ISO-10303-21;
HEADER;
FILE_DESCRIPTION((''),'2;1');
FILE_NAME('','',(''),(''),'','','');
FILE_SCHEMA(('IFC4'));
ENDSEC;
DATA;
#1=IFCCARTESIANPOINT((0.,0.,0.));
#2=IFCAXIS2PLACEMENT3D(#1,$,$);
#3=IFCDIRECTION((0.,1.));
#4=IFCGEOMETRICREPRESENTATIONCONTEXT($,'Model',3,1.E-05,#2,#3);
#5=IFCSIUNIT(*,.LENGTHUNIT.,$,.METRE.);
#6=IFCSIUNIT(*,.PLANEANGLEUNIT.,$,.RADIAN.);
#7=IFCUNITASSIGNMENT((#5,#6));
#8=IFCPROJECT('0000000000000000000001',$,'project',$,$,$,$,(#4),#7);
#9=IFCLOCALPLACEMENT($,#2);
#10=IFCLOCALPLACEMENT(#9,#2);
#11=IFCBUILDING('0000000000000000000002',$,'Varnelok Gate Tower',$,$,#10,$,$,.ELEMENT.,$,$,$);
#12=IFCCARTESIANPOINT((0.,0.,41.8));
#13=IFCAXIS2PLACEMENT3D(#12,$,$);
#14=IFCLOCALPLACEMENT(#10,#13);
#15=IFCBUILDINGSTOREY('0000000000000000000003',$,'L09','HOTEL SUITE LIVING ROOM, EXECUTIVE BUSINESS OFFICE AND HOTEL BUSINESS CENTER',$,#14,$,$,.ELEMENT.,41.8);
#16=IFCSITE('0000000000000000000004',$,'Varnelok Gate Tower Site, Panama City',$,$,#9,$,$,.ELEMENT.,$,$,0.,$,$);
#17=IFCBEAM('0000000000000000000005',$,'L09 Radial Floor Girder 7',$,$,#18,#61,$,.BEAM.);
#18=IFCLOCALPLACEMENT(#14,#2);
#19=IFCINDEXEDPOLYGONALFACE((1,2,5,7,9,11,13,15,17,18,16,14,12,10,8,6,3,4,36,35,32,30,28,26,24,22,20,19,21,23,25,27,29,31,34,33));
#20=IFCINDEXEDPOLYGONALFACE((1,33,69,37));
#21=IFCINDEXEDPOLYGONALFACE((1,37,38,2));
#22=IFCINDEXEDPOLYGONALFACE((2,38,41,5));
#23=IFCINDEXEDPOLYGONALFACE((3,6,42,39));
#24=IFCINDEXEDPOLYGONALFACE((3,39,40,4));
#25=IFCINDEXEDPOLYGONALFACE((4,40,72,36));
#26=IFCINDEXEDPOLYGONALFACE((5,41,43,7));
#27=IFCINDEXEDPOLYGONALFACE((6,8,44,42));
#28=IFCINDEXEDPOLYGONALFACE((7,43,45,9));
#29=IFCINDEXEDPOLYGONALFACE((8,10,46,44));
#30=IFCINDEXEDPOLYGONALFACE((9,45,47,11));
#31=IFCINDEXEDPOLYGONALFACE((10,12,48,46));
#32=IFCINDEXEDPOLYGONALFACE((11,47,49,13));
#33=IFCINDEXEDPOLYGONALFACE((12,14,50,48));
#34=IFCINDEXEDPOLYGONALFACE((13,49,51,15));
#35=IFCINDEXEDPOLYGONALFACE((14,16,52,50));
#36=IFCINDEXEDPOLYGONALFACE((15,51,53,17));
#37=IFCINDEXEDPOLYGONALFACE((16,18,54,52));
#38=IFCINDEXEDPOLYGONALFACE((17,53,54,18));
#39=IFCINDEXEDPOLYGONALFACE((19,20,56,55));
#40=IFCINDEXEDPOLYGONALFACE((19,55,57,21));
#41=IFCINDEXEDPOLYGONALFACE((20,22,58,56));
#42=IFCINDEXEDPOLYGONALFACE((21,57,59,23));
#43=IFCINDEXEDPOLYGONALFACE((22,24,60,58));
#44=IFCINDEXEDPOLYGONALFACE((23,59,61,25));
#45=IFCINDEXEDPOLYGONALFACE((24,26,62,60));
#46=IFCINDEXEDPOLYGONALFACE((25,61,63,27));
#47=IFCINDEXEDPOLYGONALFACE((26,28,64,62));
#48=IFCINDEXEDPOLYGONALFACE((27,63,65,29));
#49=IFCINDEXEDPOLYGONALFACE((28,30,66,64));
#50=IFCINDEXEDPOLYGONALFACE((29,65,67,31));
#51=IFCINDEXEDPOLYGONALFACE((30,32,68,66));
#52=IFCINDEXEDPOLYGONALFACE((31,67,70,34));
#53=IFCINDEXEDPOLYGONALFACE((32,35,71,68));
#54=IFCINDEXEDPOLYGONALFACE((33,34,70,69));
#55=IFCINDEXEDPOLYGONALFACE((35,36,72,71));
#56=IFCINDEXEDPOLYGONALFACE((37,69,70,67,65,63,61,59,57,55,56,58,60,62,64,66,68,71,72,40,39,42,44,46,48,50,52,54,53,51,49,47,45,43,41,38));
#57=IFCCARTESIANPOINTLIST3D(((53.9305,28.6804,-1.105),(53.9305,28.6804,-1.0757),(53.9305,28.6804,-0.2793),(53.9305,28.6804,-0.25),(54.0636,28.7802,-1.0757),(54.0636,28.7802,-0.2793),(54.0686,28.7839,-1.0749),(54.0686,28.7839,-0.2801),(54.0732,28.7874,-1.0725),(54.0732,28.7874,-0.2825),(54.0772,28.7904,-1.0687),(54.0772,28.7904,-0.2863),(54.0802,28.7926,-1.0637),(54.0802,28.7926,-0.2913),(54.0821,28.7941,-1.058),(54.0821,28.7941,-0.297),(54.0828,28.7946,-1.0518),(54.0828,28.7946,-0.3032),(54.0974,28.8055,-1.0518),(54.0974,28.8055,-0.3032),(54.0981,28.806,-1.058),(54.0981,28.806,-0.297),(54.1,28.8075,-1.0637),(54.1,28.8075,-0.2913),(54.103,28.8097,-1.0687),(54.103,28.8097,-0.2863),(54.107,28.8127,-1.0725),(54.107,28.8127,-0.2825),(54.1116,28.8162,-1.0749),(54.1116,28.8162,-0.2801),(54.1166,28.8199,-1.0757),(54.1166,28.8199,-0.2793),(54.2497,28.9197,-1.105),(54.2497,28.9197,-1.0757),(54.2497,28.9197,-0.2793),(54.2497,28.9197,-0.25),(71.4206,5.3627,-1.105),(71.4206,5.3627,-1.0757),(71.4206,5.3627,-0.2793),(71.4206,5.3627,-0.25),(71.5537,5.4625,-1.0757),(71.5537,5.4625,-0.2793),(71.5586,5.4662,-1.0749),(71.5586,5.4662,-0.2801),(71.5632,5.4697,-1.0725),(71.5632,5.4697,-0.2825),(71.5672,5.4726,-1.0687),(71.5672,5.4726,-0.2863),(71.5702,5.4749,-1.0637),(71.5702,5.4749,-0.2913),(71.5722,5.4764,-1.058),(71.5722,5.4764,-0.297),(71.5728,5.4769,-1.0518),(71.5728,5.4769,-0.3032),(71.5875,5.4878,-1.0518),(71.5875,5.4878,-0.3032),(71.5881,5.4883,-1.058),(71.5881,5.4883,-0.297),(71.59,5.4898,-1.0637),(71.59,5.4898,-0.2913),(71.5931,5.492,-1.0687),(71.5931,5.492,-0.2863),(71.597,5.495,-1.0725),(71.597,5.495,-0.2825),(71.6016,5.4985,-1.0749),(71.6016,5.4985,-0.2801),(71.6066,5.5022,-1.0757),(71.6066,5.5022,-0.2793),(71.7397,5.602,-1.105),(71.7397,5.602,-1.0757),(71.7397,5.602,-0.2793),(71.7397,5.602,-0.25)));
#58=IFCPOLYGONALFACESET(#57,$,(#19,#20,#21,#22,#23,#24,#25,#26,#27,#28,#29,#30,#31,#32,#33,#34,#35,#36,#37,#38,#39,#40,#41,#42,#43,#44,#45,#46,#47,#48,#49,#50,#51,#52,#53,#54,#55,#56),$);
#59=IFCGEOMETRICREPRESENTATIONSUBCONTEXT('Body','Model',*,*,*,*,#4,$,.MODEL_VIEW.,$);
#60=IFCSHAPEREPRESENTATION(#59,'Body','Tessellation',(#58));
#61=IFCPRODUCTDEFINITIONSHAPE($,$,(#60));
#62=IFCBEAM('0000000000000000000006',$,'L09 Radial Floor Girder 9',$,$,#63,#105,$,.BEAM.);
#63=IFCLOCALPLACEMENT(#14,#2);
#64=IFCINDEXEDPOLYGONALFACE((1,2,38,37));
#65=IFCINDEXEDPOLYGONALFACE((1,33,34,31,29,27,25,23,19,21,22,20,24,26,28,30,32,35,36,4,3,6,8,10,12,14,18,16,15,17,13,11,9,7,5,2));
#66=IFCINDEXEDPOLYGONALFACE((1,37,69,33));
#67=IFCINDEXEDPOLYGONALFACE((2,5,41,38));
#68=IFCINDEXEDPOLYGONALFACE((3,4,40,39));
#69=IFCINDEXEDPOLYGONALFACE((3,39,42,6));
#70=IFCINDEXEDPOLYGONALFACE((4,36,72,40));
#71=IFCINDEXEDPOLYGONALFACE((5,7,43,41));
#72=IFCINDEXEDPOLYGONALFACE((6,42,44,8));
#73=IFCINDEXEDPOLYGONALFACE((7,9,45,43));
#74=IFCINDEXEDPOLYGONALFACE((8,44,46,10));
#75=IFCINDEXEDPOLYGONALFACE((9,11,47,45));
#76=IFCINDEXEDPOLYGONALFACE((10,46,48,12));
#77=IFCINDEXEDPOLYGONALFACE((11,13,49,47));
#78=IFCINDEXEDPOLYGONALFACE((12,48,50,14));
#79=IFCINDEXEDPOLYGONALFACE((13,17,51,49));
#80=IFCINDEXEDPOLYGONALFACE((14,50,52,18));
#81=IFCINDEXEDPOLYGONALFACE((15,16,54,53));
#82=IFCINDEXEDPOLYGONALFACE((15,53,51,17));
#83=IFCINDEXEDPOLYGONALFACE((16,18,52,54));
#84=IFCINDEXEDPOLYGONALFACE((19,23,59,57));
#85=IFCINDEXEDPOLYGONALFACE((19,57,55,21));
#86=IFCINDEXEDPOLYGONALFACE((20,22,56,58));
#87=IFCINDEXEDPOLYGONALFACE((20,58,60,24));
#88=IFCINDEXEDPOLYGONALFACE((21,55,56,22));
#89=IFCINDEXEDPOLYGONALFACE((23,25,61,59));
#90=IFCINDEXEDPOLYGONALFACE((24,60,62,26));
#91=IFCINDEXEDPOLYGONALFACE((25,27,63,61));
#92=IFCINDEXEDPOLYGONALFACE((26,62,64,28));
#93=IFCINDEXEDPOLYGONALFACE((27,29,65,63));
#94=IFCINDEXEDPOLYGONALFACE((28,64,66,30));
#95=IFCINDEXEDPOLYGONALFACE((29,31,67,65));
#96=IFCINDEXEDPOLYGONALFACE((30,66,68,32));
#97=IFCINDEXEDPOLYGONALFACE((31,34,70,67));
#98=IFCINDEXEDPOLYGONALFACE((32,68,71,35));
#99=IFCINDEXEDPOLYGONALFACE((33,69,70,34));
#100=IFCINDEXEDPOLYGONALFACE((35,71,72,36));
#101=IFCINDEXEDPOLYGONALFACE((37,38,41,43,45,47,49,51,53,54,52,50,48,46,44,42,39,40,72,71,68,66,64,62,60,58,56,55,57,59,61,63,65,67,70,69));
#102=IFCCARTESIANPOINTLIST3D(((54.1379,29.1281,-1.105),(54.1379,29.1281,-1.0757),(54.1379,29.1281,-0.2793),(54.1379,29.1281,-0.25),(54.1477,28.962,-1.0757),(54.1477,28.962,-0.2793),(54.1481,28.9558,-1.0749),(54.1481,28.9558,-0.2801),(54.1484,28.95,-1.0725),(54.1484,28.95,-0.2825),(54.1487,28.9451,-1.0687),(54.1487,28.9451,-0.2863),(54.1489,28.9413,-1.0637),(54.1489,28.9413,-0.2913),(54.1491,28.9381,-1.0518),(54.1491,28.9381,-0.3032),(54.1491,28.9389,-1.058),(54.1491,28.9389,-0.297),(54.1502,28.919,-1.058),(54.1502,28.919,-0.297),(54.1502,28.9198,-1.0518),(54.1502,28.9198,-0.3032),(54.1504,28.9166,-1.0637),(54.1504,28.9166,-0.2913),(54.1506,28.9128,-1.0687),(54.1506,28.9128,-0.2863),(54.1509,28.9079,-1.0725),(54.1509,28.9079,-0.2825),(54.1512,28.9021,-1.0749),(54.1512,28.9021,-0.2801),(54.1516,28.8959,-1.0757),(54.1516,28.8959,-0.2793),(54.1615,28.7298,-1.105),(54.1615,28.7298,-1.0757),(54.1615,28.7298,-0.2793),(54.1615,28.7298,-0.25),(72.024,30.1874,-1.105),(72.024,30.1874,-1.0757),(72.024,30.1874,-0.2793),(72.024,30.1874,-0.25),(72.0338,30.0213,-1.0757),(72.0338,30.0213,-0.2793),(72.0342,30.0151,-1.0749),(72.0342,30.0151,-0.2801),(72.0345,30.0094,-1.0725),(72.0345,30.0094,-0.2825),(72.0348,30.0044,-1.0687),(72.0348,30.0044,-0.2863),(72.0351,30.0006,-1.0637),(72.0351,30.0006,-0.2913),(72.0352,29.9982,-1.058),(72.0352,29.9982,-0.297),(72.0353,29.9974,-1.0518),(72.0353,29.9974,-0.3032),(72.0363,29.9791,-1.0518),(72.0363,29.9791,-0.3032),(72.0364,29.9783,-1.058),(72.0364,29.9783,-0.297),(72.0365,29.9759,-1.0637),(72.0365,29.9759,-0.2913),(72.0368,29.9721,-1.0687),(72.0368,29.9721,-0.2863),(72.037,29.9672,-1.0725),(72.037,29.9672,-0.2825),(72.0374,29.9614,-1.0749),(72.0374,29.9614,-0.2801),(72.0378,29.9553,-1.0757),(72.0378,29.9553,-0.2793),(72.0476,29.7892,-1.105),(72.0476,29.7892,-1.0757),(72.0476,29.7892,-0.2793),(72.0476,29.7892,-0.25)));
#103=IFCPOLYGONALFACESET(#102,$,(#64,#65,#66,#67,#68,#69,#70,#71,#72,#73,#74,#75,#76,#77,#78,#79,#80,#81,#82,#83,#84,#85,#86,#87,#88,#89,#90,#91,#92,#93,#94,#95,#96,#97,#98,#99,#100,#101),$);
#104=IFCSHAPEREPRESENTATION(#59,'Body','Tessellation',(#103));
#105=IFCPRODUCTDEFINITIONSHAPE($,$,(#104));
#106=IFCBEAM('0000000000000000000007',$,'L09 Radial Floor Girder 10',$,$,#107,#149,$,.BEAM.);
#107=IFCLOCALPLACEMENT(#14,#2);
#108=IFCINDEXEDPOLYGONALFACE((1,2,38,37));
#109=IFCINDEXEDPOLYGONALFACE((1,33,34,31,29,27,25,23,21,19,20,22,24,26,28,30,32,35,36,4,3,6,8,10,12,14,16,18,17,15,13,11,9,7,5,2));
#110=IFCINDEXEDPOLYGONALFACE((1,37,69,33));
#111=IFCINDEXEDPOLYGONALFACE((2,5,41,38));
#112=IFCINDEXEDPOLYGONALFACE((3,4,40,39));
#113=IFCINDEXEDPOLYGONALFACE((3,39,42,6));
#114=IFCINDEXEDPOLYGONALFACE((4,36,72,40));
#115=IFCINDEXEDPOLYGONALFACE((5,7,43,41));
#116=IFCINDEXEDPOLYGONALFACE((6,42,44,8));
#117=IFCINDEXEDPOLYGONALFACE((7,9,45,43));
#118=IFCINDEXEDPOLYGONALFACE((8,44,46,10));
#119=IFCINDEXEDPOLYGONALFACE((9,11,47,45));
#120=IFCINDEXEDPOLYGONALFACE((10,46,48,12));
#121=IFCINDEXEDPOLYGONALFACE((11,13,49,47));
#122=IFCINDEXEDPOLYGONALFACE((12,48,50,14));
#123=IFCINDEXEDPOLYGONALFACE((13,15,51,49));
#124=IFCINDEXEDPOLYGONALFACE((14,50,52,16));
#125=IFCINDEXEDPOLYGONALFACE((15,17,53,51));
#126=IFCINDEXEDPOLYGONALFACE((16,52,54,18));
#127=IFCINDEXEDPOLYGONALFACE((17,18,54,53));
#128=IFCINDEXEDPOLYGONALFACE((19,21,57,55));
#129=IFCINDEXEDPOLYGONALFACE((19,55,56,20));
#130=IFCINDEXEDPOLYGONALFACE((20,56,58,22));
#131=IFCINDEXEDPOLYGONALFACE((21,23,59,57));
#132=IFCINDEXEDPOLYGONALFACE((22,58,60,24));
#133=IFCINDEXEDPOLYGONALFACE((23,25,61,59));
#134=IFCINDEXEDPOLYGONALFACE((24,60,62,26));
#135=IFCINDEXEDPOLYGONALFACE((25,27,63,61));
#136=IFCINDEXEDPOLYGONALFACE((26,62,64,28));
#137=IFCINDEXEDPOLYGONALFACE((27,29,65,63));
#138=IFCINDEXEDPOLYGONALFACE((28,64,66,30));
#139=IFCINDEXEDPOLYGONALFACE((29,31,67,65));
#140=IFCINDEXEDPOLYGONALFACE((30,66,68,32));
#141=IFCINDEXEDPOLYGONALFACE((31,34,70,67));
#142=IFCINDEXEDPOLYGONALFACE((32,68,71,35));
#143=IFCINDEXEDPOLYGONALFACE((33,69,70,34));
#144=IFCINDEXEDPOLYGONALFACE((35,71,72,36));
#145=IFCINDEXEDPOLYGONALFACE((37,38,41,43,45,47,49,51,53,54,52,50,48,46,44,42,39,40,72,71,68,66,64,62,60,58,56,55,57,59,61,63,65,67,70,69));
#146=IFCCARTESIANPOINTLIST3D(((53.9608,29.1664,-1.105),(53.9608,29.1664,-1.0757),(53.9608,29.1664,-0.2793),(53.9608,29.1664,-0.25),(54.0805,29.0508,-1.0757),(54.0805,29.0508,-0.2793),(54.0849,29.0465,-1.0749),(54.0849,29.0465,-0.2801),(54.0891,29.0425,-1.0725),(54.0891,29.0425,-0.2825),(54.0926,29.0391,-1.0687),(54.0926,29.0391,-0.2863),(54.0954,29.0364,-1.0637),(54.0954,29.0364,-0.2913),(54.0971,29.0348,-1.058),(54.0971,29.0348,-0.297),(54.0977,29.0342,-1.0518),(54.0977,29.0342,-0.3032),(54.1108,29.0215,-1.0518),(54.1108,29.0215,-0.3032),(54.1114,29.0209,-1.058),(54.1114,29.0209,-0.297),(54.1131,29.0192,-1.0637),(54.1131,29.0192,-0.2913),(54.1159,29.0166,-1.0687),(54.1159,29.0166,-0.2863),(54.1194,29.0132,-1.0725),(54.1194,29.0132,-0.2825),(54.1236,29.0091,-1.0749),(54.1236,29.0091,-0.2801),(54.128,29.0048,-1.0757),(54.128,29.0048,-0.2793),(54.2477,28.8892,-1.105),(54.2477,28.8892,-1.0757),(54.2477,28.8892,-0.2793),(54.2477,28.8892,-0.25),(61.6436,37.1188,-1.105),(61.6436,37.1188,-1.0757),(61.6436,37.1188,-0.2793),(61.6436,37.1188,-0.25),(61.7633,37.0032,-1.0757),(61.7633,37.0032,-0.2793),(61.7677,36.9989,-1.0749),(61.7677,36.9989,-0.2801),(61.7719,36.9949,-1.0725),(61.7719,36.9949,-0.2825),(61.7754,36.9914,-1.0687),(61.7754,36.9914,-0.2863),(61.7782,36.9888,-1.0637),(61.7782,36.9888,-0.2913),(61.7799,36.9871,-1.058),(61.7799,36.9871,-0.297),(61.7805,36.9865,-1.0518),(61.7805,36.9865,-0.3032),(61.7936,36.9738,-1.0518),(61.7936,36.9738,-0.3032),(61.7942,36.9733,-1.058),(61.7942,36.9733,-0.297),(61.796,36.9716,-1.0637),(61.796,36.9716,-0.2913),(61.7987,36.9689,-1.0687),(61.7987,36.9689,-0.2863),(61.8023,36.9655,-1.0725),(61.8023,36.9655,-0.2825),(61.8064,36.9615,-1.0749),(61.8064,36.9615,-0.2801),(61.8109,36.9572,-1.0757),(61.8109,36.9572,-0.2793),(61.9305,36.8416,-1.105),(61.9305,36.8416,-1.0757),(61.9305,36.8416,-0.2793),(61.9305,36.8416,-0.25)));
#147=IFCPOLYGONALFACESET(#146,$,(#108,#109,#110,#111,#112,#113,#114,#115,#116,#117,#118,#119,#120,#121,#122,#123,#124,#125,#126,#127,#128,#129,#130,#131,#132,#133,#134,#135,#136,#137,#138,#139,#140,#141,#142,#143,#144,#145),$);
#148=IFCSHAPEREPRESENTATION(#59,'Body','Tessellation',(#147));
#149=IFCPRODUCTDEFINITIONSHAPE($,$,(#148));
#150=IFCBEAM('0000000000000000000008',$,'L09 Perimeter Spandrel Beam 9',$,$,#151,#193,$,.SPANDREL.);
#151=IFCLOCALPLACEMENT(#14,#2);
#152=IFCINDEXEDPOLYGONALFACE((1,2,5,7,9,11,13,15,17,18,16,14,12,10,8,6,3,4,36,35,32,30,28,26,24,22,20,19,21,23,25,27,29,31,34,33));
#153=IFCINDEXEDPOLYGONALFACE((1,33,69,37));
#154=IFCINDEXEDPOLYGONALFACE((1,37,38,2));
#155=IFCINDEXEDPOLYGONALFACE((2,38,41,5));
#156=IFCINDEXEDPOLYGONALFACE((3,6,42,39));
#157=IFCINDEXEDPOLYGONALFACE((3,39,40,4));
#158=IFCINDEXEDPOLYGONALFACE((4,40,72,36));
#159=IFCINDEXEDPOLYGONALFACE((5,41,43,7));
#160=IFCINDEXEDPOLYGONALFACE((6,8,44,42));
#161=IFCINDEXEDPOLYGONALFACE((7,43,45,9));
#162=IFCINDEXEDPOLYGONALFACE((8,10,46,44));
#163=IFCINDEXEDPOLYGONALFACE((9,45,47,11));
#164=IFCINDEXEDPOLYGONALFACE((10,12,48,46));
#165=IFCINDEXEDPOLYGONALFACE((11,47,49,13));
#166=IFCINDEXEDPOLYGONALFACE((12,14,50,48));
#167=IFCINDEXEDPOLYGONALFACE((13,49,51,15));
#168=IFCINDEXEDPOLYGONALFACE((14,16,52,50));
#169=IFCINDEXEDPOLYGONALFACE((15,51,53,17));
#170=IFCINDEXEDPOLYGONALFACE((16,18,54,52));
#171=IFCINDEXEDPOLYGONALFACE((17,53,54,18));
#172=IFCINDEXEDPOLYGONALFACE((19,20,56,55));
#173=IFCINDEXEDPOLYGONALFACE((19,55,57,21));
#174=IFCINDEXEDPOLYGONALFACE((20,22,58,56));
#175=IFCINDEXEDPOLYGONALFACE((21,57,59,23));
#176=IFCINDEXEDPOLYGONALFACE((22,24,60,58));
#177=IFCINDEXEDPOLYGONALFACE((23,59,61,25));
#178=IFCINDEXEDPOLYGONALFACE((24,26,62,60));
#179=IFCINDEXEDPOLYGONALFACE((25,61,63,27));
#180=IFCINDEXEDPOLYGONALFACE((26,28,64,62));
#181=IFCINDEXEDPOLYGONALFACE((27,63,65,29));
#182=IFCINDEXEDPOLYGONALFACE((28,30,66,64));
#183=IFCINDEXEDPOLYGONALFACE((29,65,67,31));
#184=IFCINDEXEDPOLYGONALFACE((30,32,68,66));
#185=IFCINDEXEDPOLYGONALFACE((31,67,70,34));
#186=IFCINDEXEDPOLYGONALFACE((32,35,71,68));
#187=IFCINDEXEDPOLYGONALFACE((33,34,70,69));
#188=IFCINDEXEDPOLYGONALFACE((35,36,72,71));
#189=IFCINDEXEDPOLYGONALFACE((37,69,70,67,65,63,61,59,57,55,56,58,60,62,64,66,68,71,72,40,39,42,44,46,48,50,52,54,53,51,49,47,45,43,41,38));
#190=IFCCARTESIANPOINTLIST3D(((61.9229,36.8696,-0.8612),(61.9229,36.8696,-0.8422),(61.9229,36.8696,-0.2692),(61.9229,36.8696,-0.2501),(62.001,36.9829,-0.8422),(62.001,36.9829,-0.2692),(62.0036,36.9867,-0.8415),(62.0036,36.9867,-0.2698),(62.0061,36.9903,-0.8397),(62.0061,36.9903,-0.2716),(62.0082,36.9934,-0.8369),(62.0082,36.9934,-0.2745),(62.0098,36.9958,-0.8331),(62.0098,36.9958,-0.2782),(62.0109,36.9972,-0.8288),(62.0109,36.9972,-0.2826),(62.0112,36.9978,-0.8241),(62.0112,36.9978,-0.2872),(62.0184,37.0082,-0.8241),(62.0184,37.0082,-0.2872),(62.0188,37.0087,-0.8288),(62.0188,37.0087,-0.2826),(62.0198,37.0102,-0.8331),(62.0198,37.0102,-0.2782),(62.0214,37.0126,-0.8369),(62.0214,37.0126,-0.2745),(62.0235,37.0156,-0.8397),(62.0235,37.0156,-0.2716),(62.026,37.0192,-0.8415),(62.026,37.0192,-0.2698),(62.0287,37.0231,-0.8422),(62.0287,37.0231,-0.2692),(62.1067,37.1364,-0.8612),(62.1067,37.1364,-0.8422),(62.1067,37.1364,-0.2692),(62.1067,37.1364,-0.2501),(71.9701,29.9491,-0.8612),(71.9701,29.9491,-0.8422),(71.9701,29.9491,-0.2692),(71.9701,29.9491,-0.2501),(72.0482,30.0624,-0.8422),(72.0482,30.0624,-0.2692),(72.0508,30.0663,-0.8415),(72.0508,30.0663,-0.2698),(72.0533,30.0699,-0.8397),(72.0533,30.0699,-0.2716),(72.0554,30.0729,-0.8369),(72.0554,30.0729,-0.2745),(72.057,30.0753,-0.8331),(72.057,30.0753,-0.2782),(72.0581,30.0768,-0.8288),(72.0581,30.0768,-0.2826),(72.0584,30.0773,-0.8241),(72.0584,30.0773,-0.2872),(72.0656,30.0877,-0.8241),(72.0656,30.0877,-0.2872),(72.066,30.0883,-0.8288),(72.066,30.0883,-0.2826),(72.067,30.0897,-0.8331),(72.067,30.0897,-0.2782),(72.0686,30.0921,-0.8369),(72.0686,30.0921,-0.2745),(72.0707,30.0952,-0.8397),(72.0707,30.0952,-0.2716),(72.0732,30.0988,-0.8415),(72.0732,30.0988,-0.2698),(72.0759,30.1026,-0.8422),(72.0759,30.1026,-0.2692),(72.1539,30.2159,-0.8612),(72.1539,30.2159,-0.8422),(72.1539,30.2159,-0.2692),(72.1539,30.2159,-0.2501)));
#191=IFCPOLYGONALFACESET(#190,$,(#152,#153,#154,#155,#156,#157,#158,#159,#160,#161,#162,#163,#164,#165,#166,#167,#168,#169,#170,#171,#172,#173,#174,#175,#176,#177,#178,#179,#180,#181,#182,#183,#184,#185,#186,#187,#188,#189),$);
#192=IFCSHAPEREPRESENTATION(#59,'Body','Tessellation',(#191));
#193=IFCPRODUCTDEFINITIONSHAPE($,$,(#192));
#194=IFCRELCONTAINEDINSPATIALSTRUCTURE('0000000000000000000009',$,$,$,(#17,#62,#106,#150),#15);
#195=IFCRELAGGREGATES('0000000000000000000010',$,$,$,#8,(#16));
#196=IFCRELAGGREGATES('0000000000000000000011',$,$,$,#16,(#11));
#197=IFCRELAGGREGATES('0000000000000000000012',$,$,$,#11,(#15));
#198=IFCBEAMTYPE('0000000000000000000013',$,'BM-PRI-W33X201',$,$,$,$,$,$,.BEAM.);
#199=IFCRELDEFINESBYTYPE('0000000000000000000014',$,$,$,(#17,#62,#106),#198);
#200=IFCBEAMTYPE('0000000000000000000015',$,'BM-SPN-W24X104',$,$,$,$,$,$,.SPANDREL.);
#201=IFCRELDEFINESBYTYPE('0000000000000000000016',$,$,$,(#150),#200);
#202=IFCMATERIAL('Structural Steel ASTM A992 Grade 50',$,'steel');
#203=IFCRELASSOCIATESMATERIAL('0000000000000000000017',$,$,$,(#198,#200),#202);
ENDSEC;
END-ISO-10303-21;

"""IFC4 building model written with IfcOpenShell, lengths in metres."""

from ifc_helpers import new_model, si_unit, direction, frame, origin, origin_2d, place, context, subcontext, project, spatial, i_section, extrude, material, material_profile, profile_set, type_object, element, save


model = new_model("IFC4")

# Units and contexts
model_context = context("Model", 3, precision=1e-05, world=origin(), true_north=direction((0.0, 1.0)))
body_context = subcontext(model_context, "Body", "Model", "MODEL_VIEW")
ifc_project = project(units=[si_unit("LENGTHUNIT", "METRE"), si_unit("PLANEANGLEUNIT", "RADIAN")], contexts=[model_context])

# Site, building, storey
site_placement = place(None, origin())
site = spatial("IfcSite", under=ifc_project, at=site_placement, Name="Varnelok Gate Tower Site, Panama City", CompositionType="ELEMENT", RefElevation=0.0)
building_placement = place(site_placement, origin())
building = spatial("IfcBuilding", under=site, at=building_placement, Name="Varnelok Gate Tower", CompositionType="ELEMENT")
storey_placement = place(building_placement, frame((0.0, 0.0, 41.8)))
storey = spatial("IfcBuildingStorey", under=building, at=storey_placement, Name="L09", Description="HOTEL SUITE LIVING ROOM, EXECUTIVE BUSINESS OFFICE AND HOTEL BUSINESS CENTER", CompositionType="ELEMENT", Elevation=41.8)

# Shared definitions
ifc_material_1 = material(Name="Structural Steel ASTM A992 Grade 50", Category="steel")

# Beams
ifc_material_profile_1 = material_profile(ifc_material_1, i_section(OverallWidth=0.3989, OverallDepth=0.855, WebThickness=0.0183, FlangeThickness=0.0293, FilletRadius=0.0239, at=origin_2d()), Name="W33X201")
ifc_profile_set_1 = profile_set([ifc_material_profile_1], Name="Structural Steel ASTM A992 Grade 50")
beam_type_1 = type_object("IfcBeamType", Name="BM-PRI-W33X201", PredefinedType="BEAM", material=ifc_profile_set_1)
beam_1_placement = place(storey_placement, frame((54.0901, 28.8, -0.6775), z_axis=(0.600039, -0.799971, 0.0), x_axis=(0.799971, 0.600039, 0.0)))
element("IfcBeam", 1, at=beam_1_placement, inside=storey, type_object=beam_type_1, Name="L09 Radial Floor Girder 7", PredefinedType="BEAM", context=body_context, shape_type="SweptSolid", body=[
    extrude(i_section(OverallWidth=0.3989, OverallDepth=0.855, WebThickness=0.0183, FlangeThickness=0.0293, FilletRadius=0.0239, at=origin_2d()), origin(), (0.0, 0.0, 1.0), 29.1482),
])
beam_2_placement = place(storey_placement, frame((54.1497, 28.929, -0.6775), z_axis=(0.998251, 0.059122, 0.0), x_axis=(-0.059122, 0.998251, 0.0)))
element("IfcBeam", 2, at=beam_2_placement, inside=storey, type_object=beam_type_1, Name="L09 Radial Floor Girder 9", PredefinedType="BEAM", context=body_context, shape_type="SweptSolid", body=[
    extrude(i_section(OverallWidth=0.3989, OverallDepth=0.855, WebThickness=0.0183, FlangeThickness=0.0293, FilletRadius=0.0239, at=origin_2d()), origin(), (0.0, 0.0, 1.0), 17.9175),
])
beam_3_placement = place(storey_placement, frame((54.1042, 29.0278, -0.6775), z_axis=(0.694814, 0.71919, 0.0), x_axis=(-0.71919, 0.694814, 0.0)))
element("IfcBeam", 3, at=beam_3_placement, inside=storey, type_object=beam_type_1, Name="L09 Radial Floor Girder 10", PredefinedType="BEAM", context=body_context, shape_type="SweptSolid", body=[
    extrude(i_section(OverallWidth=0.3989, OverallDepth=0.855, WebThickness=0.0183, FlangeThickness=0.0293, FilletRadius=0.0239, at=origin_2d()), origin(), (0.0, 0.0, 1.0), 11.0574),
])
ifc_material_profile_2 = material_profile(ifc_material_1, i_section(OverallWidth=0.324, OverallDepth=0.6111, WebThickness=0.0127, FlangeThickness=0.019, FilletRadius=0.0181, at=origin_2d()), Name="W24X104")
ifc_profile_set_2 = profile_set([ifc_material_profile_2], Name="Structural Steel ASTM A992 Grade 50")
beam_type_2 = type_object("IfcBeamType", Name="BM-SPN-W24X104", PredefinedType="SPANDREL", material=ifc_profile_set_2)
beam_4_placement = place(storey_placement, frame((72.062, 30.0825, -0.5557), z_axis=(-0.823544, 0.567253, 0.0), x_axis=(-0.567253, -0.823544, 0.0)))
element("IfcBeam", 4, at=beam_4_placement, inside=storey, type_object=beam_type_2, Name="L09 Perimeter Spandrel Beam 9", PredefinedType="SPANDREL", context=body_context, shape_type="SweptSolid", body=[
    extrude(i_section(OverallWidth=0.324, OverallDepth=0.6111, WebThickness=0.0127, FlangeThickness=0.019, FilletRadius=0.0181, at=origin_2d()), origin(), (0.0, 0.0, 1.0), 12.2),
])

save(model, "model.ifc")
